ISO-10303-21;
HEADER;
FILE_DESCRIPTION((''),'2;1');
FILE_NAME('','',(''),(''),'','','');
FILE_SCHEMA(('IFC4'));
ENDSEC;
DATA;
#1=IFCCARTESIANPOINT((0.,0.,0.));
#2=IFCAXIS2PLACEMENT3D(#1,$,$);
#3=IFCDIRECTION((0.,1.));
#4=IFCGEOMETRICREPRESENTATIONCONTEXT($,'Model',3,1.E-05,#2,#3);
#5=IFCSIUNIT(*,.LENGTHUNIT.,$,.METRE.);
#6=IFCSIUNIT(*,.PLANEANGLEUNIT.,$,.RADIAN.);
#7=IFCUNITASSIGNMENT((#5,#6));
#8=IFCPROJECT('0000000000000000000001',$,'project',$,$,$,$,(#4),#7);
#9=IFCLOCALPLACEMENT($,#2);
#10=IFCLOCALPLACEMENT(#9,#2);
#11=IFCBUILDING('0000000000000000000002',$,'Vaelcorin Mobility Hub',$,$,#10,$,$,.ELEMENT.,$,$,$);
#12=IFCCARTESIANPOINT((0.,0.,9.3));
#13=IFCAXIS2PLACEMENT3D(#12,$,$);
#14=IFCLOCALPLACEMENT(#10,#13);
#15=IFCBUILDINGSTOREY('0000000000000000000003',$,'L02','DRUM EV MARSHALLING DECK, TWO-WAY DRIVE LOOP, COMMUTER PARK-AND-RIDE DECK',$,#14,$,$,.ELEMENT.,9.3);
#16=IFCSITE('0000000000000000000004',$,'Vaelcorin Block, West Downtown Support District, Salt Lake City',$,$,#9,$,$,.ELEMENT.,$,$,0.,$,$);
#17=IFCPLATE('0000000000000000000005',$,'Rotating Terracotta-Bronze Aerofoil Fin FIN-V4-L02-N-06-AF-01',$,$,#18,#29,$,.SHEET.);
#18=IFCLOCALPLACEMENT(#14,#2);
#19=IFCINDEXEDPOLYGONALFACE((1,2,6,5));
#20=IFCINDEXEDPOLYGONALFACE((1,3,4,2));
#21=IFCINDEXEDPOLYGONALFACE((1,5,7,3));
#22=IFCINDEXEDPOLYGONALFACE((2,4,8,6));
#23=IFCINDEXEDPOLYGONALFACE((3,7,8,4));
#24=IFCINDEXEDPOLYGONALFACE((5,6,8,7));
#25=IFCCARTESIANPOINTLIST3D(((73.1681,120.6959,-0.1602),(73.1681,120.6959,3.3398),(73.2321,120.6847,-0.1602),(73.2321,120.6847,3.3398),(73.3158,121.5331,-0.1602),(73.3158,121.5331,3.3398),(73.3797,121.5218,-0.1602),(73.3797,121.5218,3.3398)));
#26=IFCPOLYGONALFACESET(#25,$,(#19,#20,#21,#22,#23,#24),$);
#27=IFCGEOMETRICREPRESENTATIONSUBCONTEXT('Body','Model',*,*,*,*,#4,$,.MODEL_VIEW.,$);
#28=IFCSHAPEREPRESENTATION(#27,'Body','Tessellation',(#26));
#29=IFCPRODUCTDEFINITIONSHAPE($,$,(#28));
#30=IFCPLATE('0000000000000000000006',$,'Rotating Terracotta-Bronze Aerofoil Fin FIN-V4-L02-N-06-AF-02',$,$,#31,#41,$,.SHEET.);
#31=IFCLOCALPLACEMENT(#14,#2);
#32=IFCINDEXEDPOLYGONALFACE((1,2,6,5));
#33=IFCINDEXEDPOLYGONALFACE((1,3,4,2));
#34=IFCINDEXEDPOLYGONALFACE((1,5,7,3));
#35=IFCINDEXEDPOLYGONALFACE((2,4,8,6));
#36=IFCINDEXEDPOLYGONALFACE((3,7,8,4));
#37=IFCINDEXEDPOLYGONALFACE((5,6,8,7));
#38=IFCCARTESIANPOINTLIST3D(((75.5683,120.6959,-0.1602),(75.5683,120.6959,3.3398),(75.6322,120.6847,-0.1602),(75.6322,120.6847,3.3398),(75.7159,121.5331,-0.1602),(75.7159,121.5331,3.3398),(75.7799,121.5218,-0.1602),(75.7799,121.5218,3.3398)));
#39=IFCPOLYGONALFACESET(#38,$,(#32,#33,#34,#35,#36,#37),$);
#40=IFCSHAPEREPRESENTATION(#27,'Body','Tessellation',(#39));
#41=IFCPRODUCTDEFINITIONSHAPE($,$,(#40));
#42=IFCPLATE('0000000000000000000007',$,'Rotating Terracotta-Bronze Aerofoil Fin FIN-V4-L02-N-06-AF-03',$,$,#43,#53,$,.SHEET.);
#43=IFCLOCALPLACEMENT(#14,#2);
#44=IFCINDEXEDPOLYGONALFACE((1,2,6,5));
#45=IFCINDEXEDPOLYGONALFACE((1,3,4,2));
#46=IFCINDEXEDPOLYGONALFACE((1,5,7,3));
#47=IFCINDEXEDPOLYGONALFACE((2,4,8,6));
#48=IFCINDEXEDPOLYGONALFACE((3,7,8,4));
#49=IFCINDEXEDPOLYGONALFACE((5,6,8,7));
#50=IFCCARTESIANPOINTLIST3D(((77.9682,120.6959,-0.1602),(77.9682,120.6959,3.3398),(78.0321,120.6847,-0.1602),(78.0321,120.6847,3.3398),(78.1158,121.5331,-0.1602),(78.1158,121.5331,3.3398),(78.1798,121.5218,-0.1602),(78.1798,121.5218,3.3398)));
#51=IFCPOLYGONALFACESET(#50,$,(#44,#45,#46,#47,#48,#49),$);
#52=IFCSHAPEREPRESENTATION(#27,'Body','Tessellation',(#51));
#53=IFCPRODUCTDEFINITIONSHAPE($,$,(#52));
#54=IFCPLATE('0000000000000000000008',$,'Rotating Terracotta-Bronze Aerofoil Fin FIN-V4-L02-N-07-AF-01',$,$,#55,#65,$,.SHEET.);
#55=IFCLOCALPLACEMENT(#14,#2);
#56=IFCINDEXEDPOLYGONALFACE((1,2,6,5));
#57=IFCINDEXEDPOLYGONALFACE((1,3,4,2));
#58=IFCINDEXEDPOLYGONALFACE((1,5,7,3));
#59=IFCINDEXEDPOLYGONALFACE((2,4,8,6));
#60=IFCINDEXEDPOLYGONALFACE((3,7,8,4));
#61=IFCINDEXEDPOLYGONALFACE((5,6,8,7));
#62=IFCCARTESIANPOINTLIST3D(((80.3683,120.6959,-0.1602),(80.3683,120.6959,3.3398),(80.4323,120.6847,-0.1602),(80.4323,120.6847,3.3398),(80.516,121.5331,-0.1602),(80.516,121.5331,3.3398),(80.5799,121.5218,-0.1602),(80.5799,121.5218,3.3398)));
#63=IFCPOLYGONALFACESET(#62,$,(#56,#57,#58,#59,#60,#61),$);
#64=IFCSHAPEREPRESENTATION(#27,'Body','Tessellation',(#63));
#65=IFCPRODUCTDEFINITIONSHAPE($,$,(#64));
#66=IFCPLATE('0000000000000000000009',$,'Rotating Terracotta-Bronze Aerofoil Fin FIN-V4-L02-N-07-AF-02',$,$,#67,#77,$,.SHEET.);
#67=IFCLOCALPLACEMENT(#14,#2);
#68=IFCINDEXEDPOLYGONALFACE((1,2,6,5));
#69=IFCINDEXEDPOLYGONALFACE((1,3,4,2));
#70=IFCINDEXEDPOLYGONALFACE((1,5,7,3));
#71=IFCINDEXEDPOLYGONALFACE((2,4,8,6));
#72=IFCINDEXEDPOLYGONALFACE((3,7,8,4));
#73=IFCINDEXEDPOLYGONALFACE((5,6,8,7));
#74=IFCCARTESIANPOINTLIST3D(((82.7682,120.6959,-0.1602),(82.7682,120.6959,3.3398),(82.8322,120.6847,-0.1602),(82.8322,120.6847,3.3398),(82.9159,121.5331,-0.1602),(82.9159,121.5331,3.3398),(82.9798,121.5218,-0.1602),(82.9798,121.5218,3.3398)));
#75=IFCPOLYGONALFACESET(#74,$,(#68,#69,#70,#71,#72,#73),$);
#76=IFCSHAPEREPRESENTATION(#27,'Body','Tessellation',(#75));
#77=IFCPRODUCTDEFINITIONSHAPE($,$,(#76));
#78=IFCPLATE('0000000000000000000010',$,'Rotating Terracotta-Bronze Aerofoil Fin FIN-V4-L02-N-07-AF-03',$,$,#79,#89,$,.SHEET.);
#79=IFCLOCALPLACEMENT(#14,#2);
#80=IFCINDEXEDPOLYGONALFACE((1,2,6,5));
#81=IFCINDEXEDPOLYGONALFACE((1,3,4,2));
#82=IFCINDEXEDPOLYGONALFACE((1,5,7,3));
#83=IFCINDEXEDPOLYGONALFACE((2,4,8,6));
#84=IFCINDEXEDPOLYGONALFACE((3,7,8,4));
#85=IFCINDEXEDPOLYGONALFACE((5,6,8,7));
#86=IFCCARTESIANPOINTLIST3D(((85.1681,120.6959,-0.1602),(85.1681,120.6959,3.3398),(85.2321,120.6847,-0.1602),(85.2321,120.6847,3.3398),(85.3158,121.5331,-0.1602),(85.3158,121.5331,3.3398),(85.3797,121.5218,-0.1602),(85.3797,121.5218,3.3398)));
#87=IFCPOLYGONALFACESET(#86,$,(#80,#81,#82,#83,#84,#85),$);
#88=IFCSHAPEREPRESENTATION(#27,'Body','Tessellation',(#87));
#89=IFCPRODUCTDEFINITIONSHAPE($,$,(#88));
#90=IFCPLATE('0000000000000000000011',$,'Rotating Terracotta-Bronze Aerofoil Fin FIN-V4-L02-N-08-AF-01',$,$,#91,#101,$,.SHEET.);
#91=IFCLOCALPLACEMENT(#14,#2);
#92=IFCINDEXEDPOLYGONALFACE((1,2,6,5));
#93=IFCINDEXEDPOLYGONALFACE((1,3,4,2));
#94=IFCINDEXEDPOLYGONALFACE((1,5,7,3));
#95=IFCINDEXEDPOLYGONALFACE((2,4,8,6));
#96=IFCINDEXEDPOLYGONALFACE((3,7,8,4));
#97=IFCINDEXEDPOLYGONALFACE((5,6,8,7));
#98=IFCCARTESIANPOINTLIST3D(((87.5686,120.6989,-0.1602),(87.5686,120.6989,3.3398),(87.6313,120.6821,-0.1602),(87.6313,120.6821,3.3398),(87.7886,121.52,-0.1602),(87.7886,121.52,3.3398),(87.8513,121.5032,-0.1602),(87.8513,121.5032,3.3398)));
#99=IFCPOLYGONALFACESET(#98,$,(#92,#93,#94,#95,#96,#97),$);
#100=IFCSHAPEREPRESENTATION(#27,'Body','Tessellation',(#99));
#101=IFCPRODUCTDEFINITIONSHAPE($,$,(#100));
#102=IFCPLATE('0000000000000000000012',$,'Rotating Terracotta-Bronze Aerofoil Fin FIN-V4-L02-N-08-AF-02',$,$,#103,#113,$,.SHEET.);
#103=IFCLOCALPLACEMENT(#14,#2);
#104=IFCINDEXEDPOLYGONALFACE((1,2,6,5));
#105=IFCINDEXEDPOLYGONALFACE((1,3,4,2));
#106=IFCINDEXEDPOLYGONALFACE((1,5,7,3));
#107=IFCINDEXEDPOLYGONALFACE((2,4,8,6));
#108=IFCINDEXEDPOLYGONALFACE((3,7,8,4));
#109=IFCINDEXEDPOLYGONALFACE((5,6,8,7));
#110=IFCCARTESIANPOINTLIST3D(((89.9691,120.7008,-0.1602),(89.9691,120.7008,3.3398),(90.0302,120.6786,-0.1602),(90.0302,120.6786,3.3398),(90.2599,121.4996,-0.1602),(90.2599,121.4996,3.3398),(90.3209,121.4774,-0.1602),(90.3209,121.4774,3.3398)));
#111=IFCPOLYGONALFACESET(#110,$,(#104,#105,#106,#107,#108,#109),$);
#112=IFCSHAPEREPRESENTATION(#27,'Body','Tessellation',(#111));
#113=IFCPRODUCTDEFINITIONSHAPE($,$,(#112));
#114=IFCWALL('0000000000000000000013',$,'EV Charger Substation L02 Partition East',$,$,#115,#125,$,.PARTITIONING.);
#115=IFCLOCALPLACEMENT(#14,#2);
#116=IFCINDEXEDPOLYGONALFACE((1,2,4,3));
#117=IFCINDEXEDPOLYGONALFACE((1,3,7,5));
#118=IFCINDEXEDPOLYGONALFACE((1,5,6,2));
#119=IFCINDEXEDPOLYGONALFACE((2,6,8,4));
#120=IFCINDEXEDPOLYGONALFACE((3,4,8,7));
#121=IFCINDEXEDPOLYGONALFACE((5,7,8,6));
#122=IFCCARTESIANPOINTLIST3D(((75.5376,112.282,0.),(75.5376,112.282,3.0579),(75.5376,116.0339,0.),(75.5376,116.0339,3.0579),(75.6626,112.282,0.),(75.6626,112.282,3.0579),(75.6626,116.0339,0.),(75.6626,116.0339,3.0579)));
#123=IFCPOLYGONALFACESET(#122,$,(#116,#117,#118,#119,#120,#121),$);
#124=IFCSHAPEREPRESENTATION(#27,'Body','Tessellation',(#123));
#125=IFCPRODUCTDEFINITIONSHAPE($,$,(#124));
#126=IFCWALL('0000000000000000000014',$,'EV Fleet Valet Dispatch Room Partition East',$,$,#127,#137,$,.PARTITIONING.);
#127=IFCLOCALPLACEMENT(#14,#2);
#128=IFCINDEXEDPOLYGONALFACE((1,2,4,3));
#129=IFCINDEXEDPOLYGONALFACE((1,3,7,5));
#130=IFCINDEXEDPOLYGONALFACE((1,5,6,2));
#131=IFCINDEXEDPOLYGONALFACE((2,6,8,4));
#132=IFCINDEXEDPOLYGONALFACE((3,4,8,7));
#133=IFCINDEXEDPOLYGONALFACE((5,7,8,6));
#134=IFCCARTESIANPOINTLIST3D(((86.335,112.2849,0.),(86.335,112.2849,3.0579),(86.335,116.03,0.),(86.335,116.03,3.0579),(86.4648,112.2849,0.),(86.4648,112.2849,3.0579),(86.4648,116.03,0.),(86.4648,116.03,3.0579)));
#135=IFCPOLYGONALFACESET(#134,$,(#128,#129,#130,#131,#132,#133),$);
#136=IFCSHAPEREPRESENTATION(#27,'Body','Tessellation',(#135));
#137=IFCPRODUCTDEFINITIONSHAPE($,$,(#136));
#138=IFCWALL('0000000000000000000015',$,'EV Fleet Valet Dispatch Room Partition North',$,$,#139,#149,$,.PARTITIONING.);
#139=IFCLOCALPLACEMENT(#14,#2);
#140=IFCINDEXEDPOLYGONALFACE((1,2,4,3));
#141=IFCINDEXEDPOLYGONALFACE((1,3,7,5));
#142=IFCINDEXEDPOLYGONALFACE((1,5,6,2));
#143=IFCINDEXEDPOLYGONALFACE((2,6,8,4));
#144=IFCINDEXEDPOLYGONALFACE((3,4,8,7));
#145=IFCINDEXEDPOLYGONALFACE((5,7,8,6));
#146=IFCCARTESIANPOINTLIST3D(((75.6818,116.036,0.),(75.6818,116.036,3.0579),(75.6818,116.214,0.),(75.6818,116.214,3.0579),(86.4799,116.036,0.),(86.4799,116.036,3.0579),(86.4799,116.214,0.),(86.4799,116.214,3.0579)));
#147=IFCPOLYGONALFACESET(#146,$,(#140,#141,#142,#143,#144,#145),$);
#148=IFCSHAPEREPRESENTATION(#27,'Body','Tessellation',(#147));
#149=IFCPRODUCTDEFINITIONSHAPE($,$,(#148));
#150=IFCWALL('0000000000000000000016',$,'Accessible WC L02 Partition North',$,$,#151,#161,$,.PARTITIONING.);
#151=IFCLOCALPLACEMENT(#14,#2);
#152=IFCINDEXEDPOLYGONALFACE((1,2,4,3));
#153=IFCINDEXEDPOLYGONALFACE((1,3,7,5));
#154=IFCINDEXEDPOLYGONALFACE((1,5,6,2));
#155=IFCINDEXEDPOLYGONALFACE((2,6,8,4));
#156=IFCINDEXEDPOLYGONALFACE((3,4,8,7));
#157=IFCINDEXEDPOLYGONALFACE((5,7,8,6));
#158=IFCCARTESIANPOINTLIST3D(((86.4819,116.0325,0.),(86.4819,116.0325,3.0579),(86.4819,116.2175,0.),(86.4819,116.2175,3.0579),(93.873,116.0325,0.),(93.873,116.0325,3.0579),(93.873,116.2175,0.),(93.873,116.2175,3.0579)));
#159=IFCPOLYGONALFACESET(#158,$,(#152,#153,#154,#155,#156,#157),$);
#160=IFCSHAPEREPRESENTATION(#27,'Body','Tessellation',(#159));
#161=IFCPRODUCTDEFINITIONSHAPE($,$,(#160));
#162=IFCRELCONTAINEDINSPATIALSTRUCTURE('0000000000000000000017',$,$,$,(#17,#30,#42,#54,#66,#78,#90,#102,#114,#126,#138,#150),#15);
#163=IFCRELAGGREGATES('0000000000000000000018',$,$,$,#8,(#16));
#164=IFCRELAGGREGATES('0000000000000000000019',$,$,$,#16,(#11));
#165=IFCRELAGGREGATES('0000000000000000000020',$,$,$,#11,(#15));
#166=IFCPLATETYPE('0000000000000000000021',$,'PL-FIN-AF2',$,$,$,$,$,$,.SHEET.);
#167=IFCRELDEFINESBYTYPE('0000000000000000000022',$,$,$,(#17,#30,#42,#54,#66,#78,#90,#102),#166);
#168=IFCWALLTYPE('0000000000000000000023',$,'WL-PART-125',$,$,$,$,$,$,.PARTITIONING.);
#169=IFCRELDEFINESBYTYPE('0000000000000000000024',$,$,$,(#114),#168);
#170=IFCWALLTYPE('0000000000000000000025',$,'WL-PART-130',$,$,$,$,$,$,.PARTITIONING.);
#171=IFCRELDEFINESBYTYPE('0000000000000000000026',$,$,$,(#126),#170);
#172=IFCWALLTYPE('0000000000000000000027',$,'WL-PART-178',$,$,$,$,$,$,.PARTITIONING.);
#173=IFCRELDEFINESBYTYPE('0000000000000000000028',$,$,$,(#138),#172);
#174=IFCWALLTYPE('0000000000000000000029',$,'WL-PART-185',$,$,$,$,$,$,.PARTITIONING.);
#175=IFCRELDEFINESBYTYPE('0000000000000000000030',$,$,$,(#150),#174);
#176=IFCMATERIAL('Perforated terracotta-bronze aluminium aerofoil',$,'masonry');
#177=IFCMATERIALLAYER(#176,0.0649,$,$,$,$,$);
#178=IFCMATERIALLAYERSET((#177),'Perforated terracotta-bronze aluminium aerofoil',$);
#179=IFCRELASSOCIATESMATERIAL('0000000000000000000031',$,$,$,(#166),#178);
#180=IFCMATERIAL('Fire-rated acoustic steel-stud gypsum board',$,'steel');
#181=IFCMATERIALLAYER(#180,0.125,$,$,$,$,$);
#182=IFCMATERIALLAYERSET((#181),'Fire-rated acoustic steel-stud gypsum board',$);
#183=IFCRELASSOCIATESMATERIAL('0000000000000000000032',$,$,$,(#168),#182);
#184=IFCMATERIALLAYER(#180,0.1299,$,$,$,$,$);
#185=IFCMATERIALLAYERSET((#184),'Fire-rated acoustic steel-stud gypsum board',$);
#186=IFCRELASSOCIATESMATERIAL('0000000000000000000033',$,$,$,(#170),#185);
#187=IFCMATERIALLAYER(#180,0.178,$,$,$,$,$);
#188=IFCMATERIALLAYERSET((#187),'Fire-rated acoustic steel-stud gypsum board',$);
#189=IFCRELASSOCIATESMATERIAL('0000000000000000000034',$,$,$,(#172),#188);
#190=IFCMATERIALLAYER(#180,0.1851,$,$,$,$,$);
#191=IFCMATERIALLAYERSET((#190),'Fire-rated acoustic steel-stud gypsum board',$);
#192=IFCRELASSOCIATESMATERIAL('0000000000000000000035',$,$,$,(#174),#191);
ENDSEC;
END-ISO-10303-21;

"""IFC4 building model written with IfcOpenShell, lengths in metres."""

from ifc_helpers import new_model, si_unit, direction, frame, frame_2d, origin, origin_2d, place, context, subcontext, project, spatial, rectangle, extrude, material, layer, layer_set, type_object, element, save


model = new_model("IFC4")

# Units and contexts
model_context = context("Model", 3, precision=1e-05, world=origin(), true_north=direction((0.0, 1.0)))
body_context = subcontext(model_context, "Body", "Model", "MODEL_VIEW")
ifc_project = project(units=[si_unit("LENGTHUNIT", "METRE"), si_unit("PLANEANGLEUNIT", "RADIAN")], contexts=[model_context])

# Site, building, storey
site_placement = place(None, origin())
site = spatial("IfcSite", under=ifc_project, at=site_placement, Name="Vaelcorin Block, West Downtown Support District, Salt Lake City", CompositionType="ELEMENT", RefElevation=0.0)
building_placement = place(site_placement, origin())
building = spatial("IfcBuilding", under=site, at=building_placement, Name="Vaelcorin Mobility Hub", CompositionType="ELEMENT")
storey_placement = place(building_placement, frame((0.0, 0.0, 9.3)))
storey = spatial("IfcBuildingStorey", under=building, at=storey_placement, Name="L02", Description="DRUM EV MARSHALLING DECK, TWO-WAY DRIVE LOOP, COMMUTER PARK-AND-RIDE DECK", CompositionType="ELEMENT", Elevation=9.3)

# Plates
ifc_material_1 = material(Name="Perforated terracotta-bronze aluminium aerofoil", Category="masonry")
ifc_layer_1 = layer(ifc_material_1, 0.0649)
ifc_layer_set_1 = layer_set([ifc_layer_1], Name="Perforated terracotta-bronze aluminium aerofoil")
plate_type = type_object("IfcPlateType", Name="PL-FIN-AF2", PredefinedType="SHEET", material=ifc_layer_set_1)
for number, where, z_axis, x_axis, name in (
    (1, (73.2739, 121.1089, -0.1602), (0.0, 0.0, 1.0), (0.173648, 0.984808, 0.0), "Rotating Terracotta-Bronze Aerofoil Fin FIN-V4-L02-N-06-AF-01"),
    (2, (75.6741, 121.1089, -0.1602), (0.0, 0.0, 1.0), (0.173648, 0.984808, 0.0), "Rotating Terracotta-Bronze Aerofoil Fin FIN-V4-L02-N-06-AF-02"),
    (3, (78.074, 121.1089, -0.1602), (0.0, 0.0, 1.0), (0.173648, 0.984808, 0.0), "Rotating Terracotta-Bronze Aerofoil Fin FIN-V4-L02-N-06-AF-03"),
    (4, (80.4741, 121.1089, -0.1602), (0.0, 0.0, 1.0), (0.173648, 0.984808, 0.0), "Rotating Terracotta-Bronze Aerofoil Fin FIN-V4-L02-N-07-AF-01"),
    (5, (82.874, 121.1089, -0.1602), (0.0, 0.0, 1.0), (0.173648, 0.984808, 0.0), "Rotating Terracotta-Bronze Aerofoil Fin FIN-V4-L02-N-07-AF-02"),
    (6, (85.2739, 121.1089, -0.1602), (0.0, 0.0, 1.0), (0.173648, 0.984808, 0.0), "Rotating Terracotta-Bronze Aerofoil Fin FIN-V4-L02-N-07-AF-03"),
    (7, (87.71, 121.1011, -0.1602), (0.0, 0.0, 1.0), (0.258819, 0.965926, 0.0), "Rotating Terracotta-Bronze Aerofoil Fin FIN-V4-L02-N-08-AF-01"),
    (8, (90.145, 121.0891, -0.1602), (0.0, 0.0, 1.0), (0.34202, 0.939693, 0.0), "Rotating Terracotta-Bronze Aerofoil Fin FIN-V4-L02-N-08-AF-02"),
):
    element("IfcPlate", number, at=place(storey_placement, frame(where, z_axis=z_axis, x_axis=x_axis)), inside=storey, type_object=plate_type, Name=name, PredefinedType="SHEET", context=body_context, shape_type="SweptSolid", body=[
        extrude(rectangle(XDim=0.8501, YDim=0.0649, at=origin_2d()), origin(), (0.0, 0.0, 1.0), 3.5),
    ])

# Walls
ifc_material_2 = material(Name="Fire-rated acoustic steel-stud gypsum board", Category="steel")
ifc_layer_2 = layer(ifc_material_2, 0.125)
ifc_layer_set_2 = layer_set([ifc_layer_2], Name="Fire-rated acoustic steel-stud gypsum board")
wall_type_1 = type_object("IfcWallType", Name="WL-PART-125", PredefinedType="PARTITIONING", material=ifc_layer_set_2)
wall_1_placement = place(storey_placement, frame((75.6001, 116.0339, 0.0), z_axis=(0.0, 0.0, 1.0), x_axis=(0.0, -1.0, 0.0)))
element("IfcWall", 9, at=wall_1_placement, inside=storey, type_object=wall_type_1, Name="EV Charger Substation L02 Partition East", PredefinedType="PARTITIONING", context=body_context, shape_type="SweptSolid", body=[
    extrude(rectangle(XDim=3.752, YDim=0.125, at=frame_2d((1.876, 0.0))), origin(), (0.0, 0.0, 1.0), 3.0579),
])
ifc_layer_3 = layer(ifc_material_2, 0.1299)
ifc_layer_set_3 = layer_set([ifc_layer_3], Name="Fire-rated acoustic steel-stud gypsum board")
wall_type_2 = type_object("IfcWallType", Name="WL-PART-130", PredefinedType="PARTITIONING", material=ifc_layer_set_3)
wall_2_placement = place(storey_placement, frame((86.3999, 116.03, 0.0), z_axis=(0.0, 0.0, 1.0), x_axis=(0.0, -1.0, 0.0)))
element("IfcWall", 10, at=wall_2_placement, inside=storey, type_object=wall_type_2, Name="EV Fleet Valet Dispatch Room Partition East", PredefinedType="PARTITIONING", context=body_context, shape_type="SweptSolid", body=[
    extrude(rectangle(XDim=3.7451, YDim=0.1299, at=frame_2d((1.8726, 0.0))), origin(), (0.0, 0.0, 1.0), 3.0579),
])
ifc_layer_4 = layer(ifc_material_2, 0.178)
ifc_layer_set_4 = layer_set([ifc_layer_4], Name="Fire-rated acoustic steel-stud gypsum board")
wall_type_3 = type_object("IfcWallType", Name="WL-PART-178", PredefinedType="PARTITIONING", material=ifc_layer_set_4)
wall_3_placement = place(storey_placement, frame((75.6819, 116.125, 0.0), z_axis=(0.0, 0.0, 1.0), x_axis=(1.0, 0.0, 0.0)))
element("IfcWall", 11, at=wall_3_placement, inside=storey, type_object=wall_type_3, Name="EV Fleet Valet Dispatch Room Partition North", PredefinedType="PARTITIONING", context=body_context, shape_type="SweptSolid", body=[
    extrude(rectangle(XDim=10.7981, YDim=0.178, at=frame_2d((5.3989, 0.0))), origin(), (0.0, 0.0, 1.0), 3.0579),
])
ifc_layer_5 = layer(ifc_material_2, 0.1851)
ifc_layer_set_5 = layer_set([ifc_layer_5], Name="Fire-rated acoustic steel-stud gypsum board")
wall_type_4 = type_object("IfcWallType", Name="WL-PART-185", PredefinedType="PARTITIONING", material=ifc_layer_set_5)
wall_4_placement = place(storey_placement, frame((86.4819, 116.125, 0.0), z_axis=(0.0, 0.0, 1.0), x_axis=(1.0, 0.0, 0.0)))
element("IfcWall", 12, at=wall_4_placement, inside=storey, type_object=wall_type_4, Name="Accessible WC L02 Partition North", PredefinedType="PARTITIONING", context=body_context, shape_type="SweptSolid", body=[
    extrude(rectangle(XDim=7.3911, YDim=0.1851, at=frame_2d((3.6956, 0.0))), origin(), (0.0, 0.0, 1.0), 3.0579),
])

save(model, "model.ifc")
